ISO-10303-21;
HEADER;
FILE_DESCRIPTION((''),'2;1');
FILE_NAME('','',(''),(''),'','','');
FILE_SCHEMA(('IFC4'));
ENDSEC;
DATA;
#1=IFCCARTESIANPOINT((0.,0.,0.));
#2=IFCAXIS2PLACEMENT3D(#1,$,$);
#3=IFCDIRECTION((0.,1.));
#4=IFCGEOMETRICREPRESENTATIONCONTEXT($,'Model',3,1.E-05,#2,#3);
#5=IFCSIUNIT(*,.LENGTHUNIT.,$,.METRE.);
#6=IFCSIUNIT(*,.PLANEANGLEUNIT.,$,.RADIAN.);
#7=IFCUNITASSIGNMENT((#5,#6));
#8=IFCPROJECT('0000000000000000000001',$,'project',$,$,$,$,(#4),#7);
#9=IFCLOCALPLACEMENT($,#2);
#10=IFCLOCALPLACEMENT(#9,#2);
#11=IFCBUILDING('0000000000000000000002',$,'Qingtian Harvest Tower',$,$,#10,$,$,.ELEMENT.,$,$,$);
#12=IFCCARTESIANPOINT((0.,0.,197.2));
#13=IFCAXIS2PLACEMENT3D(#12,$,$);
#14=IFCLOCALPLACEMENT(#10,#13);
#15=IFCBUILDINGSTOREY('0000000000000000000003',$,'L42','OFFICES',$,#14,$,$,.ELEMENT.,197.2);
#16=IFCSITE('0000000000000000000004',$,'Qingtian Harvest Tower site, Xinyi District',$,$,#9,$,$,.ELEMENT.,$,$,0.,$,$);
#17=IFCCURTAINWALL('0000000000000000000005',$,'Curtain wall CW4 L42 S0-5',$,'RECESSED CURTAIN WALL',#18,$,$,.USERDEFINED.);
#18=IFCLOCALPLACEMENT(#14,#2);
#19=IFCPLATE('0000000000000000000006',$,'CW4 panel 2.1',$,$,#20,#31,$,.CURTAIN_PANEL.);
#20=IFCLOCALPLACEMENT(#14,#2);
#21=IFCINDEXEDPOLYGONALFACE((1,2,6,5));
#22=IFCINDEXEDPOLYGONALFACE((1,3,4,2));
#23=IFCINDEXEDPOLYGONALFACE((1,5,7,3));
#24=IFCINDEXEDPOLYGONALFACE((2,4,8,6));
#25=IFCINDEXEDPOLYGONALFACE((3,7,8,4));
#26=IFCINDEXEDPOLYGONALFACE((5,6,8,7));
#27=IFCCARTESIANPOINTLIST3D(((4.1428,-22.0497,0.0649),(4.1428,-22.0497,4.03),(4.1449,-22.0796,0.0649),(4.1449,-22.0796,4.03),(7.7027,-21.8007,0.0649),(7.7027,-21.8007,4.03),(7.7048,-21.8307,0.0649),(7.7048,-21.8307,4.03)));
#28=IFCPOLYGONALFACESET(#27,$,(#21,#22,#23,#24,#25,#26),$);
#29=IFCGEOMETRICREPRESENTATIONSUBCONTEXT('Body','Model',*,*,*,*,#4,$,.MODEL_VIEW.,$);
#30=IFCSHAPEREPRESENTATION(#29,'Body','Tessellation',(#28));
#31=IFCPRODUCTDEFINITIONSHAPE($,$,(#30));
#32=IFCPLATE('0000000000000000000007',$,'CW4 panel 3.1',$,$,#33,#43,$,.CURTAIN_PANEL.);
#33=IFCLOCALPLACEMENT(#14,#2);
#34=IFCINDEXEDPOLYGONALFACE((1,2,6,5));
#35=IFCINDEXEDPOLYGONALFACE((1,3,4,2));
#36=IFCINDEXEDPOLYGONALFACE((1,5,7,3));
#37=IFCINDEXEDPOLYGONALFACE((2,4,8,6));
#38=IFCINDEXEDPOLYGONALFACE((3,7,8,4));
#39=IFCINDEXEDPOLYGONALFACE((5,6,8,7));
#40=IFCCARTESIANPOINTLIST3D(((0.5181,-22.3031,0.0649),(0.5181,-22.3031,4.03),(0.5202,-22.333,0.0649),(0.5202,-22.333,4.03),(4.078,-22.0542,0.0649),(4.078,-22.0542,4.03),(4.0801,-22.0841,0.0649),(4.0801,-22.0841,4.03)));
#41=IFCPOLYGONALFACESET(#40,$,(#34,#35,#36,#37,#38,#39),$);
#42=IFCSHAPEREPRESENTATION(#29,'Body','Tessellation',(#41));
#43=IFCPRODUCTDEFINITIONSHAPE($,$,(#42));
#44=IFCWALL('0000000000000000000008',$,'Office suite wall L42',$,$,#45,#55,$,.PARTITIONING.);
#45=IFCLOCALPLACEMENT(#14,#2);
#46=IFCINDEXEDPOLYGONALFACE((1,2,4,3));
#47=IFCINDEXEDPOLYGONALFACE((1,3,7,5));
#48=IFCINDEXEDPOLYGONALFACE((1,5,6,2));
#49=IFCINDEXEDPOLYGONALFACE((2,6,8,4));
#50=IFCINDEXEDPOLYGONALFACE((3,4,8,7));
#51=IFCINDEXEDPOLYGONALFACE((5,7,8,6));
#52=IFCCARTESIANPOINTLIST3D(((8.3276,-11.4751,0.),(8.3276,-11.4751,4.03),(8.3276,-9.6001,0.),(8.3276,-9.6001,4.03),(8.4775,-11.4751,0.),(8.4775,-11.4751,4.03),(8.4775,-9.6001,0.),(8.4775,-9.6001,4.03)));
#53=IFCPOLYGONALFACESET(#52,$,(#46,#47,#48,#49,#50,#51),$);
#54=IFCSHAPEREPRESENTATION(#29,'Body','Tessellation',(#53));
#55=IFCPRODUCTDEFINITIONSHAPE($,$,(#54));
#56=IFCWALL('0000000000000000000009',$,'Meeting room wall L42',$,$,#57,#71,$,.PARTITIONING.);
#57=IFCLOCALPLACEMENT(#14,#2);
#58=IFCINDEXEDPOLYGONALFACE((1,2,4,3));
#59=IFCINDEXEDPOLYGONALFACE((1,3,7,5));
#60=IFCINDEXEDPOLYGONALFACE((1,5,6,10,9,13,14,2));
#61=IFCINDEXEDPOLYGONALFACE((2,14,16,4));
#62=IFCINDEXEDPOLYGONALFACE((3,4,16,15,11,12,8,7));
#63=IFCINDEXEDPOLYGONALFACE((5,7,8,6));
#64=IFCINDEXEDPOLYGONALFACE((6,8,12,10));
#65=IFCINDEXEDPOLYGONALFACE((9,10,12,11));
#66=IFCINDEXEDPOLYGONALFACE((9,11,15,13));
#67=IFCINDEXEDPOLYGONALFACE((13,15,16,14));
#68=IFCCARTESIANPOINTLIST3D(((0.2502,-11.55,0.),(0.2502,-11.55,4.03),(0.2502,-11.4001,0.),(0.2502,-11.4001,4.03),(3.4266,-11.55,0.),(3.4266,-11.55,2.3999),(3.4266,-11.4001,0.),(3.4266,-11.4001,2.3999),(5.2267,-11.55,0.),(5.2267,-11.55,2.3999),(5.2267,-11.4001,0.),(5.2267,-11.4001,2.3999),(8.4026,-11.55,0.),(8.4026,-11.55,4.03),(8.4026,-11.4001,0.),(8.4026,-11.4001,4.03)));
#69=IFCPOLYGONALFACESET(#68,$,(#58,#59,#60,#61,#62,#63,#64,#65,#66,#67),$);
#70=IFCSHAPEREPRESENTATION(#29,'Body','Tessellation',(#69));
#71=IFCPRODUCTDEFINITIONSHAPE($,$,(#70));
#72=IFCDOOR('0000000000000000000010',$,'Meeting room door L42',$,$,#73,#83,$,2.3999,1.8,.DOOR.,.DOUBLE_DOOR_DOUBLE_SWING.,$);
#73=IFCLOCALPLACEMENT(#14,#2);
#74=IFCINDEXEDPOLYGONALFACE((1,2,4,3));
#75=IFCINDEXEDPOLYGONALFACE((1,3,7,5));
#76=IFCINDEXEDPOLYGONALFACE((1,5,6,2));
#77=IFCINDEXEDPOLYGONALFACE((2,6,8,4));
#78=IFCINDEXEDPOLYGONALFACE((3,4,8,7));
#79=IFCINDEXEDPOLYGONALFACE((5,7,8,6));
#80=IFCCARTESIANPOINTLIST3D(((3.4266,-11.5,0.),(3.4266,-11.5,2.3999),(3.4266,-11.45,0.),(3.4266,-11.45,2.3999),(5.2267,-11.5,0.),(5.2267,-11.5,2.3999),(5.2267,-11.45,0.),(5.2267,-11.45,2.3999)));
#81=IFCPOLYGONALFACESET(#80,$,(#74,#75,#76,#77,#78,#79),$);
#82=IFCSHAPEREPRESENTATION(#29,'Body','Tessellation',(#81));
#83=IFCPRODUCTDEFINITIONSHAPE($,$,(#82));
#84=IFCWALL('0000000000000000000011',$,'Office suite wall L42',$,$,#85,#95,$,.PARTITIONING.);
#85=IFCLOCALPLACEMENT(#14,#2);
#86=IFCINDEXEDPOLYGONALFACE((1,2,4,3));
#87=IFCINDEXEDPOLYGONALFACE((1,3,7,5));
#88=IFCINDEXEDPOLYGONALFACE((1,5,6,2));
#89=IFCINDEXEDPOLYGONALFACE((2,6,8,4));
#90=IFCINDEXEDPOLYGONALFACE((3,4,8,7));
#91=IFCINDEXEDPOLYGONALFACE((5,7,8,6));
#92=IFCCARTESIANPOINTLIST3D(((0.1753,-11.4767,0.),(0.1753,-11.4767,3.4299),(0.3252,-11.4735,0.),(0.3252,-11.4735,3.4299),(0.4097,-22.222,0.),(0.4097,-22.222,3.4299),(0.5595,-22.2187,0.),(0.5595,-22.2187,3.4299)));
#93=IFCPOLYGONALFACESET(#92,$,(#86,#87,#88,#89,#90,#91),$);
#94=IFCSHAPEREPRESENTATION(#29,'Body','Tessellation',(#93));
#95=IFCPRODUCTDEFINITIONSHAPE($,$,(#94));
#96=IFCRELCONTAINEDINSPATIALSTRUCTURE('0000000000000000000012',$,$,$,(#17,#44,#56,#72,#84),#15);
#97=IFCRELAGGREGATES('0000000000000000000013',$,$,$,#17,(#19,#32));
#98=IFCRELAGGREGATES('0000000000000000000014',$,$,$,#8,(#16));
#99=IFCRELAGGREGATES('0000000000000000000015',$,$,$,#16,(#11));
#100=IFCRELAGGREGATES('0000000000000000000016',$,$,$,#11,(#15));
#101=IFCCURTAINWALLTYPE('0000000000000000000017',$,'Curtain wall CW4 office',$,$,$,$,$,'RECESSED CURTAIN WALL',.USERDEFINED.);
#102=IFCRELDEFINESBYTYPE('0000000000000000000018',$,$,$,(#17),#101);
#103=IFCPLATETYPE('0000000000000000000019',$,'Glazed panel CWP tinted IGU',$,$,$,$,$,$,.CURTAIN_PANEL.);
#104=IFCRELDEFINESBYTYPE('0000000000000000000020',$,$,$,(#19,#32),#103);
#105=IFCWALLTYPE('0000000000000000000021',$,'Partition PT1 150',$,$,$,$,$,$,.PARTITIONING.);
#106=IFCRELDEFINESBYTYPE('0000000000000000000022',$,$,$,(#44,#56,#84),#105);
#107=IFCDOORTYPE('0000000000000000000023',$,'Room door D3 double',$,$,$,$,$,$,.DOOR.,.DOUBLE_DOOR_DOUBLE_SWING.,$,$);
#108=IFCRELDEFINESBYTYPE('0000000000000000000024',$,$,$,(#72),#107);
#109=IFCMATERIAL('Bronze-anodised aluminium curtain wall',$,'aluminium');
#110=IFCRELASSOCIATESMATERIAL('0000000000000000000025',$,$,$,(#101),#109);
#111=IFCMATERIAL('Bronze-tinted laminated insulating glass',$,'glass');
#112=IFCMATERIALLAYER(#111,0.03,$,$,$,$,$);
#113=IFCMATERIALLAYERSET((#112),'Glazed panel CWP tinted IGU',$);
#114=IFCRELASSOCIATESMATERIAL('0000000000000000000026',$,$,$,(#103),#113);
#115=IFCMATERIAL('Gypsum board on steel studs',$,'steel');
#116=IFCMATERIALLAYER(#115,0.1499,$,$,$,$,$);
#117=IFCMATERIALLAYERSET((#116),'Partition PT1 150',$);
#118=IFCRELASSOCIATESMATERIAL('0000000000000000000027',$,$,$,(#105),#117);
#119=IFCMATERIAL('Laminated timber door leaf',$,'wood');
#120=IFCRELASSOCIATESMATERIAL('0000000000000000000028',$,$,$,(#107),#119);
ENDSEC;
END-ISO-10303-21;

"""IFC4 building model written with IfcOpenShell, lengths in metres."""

from ifc_helpers import new_model, si_unit, direction, frame, frame_2d, origin, origin_2d, place, context, subcontext, project, spatial, rectangle, extrude, material, layer, layer_set, type_object, element, fill, aggregate, save


model = new_model("IFC4")

# Units and contexts
model_context = context("Model", 3, precision=1e-05, world=origin(), true_north=direction((0.0, 1.0)))
body_context = subcontext(model_context, "Body", "Model", "MODEL_VIEW")
ifc_project = project(units=[si_unit("LENGTHUNIT", "METRE"), si_unit("PLANEANGLEUNIT", "RADIAN")], contexts=[model_context])

# Site, building, storey
site_placement = place(None, origin())
site = spatial("IfcSite", under=ifc_project, at=site_placement, Name="Qingtian Harvest Tower site, Xinyi District", CompositionType="ELEMENT", RefElevation=0.0)
building_placement = place(site_placement, origin())
building = spatial("IfcBuilding", under=site, at=building_placement, Name="Qingtian Harvest Tower", CompositionType="ELEMENT")
storey_placement = place(building_placement, frame((0.0, 0.0, 197.2)))
storey = spatial("IfcBuildingStorey", under=building, at=storey_placement, Name="L42", Description="OFFICES", CompositionType="ELEMENT", Elevation=197.2)

# Shared definitions
ifc_material_1 = material(Name="Bronze-anodised aluminium curtain wall", Category="aluminium")
curtain_wall_type = type_object("IfcCurtainWallType", Name="Curtain wall CW4 office", ElementType="RECESSED CURTAIN WALL", PredefinedType="USERDEFINED", material=ifc_material_1)

# Curtain wall
curtain_wall_1_placement = place(storey_placement, origin())
curtain_wall_1 = element("IfcCurtainWall", 1, at=curtain_wall_1_placement, inside=storey, type_object=curtain_wall_type, Name="Curtain wall CW4 L42 S0-5", ObjectType="RECESSED CURTAIN WALL", PredefinedType="USERDEFINED")

# Plates
ifc_material_2 = material(Name="Bronze-tinted laminated insulating glass", Category="glass")
ifc_layer_1 = layer(ifc_material_2, 0.03)
ifc_layer_set_1 = layer_set([ifc_layer_1], Name="Glazed panel CWP tinted IGU")
plate_type = type_object("IfcPlateType", Name="Glazed panel CWP tinted IGU", PredefinedType="CURTAIN_PANEL", material=ifc_layer_set_1)
plate_1_placement = place(storey_placement, frame((5.9238, -21.9402, 0.0649), z_axis=(0.0, 0.0, 1.0), x_axis=(-0.997564, -0.069756, 0.0)))
plate_1 = element("IfcPlate", 2, at=plate_1_placement, type_object=plate_type, Name="CW4 panel 2.1", PredefinedType="CURTAIN_PANEL", context=body_context, shape_type="SweptSolid", body=[
    extrude(rectangle(XDim=3.5686, YDim=0.03, at=origin_2d()), origin(), (0.0, 0.0, 1.0), 3.9651),
])
plate_2_placement = place(storey_placement, frame((2.2991, -22.1936, 0.0649), z_axis=(0.0, 0.0, 1.0), x_axis=(-0.997564, -0.069756, 0.0)))
plate_2 = element("IfcPlate", 3, at=plate_2_placement, type_object=plate_type, Name="CW4 panel 3.1", PredefinedType="CURTAIN_PANEL", context=body_context, shape_type="SweptSolid", body=[
    extrude(rectangle(XDim=3.5686, YDim=0.03, at=origin_2d()), origin(), (0.0, 0.0, 1.0), 3.9651),
])
aggregate(curtain_wall_1, [plate_1, plate_2])

# Wall
ifc_material_3 = material(Name="Gypsum board on steel studs", Category="steel")
ifc_layer_2 = layer(ifc_material_3, 0.1499)
ifc_layer_set_2 = layer_set([ifc_layer_2], Name="Partition PT1 150")
wall_type = type_object("IfcWallType", Name="Partition PT1 150", PredefinedType="PARTITIONING", material=ifc_layer_set_2)
wall_1_placement = place(storey_placement, frame((8.4026, -9.6001, 0.0), z_axis=(0.0, 0.0, 1.0), x_axis=(0.0, -1.0, 0.0)))
element("IfcWall", 4, at=wall_1_placement, inside=storey, type_object=wall_type, Name="Office suite wall L42", PredefinedType="PARTITIONING", context=body_context, shape_type="SweptSolid", body=[
    extrude(rectangle(XDim=1.875, YDim=0.1499, at=frame_2d((0.9375, 0.0))), origin(), (0.0, 0.0, 1.0), 4.03),
])

# Wall, opening, door
wall_2_placement = place(storey_placement, frame((8.4026, -11.4751, 0.0), z_axis=(0.0, 0.0, 1.0), x_axis=(-1.0, 0.0, 0.0)))
wall_2 = element("IfcWall", 5, at=wall_2_placement, inside=storey, type_object=wall_type, Name="Meeting room wall L42", PredefinedType="PARTITIONING", context=body_context, shape_type="SweptSolid", body=[
    extrude(rectangle(XDim=8.1523, YDim=0.1499, at=frame_2d((4.0762, 0.0))), origin(), (0.0, 0.0, 1.0), 4.03),
])
opening_1_placement = place(wall_2_placement, frame((3.176, 0.0, 0.0)))
opening_1 = element("IfcOpeningElement", 6, at=opening_1_placement, cuts=wall_2, PredefinedType="OPENING", context=body_context, shape_type="SweptSolid", body=[
    extrude(rectangle(XDim=1.8, YDim=2.3999, at=frame_2d((0.8999, 1.2))), frame((0.0, 0.085, 0.0), z_axis=(0.0, -1.0, 0.0), x_axis=(1.0, 0.0, 0.0)), (0.0, 0.0, 1.0), 0.1699),
])
ifc_material_4 = material(Name="Laminated timber door leaf", Category="wood")
door_type = type_object("IfcDoorType", Name="Room door D3 double", OperationType="DOUBLE_DOOR_DOUBLE_SWING", PredefinedType="DOOR", material=ifc_material_4)
door_1_placement = place(opening_1_placement, origin())
door_1 = element("IfcDoor", 7, at=door_1_placement, inside=storey, type_object=door_type, Name="Meeting room door L42", OperationType="DOUBLE_DOOR_DOUBLE_SWING", OverallHeight=2.3999, OverallWidth=1.8, PredefinedType="DOOR", context=body_context, shape_type="SweptSolid", body=[
    extrude(rectangle(XDim=1.8, YDim=2.3999, at=frame_2d((0.8999, 1.2))), frame((0.0, 0.0249, 0.0), z_axis=(0.0, -1.0, 0.0), x_axis=(1.0, 0.0, 0.0)), (0.0, 0.0, 1.0), 0.05),
])
fill(opening_1, door_1)

# Wall
wall_3_placement = place(storey_placement, frame((0.4846, -22.2205, 0.0), z_axis=(0.0, 0.0, 1.0), x_axis=(-0.021807, 0.999762, 0.0)))
element("IfcWall", 8, at=wall_3_placement, inside=storey, type_object=wall_type, Name="Office suite wall L42", PredefinedType="PARTITIONING", context=body_context, shape_type="SweptSolid", body=[
    extrude(rectangle(XDim=10.7478, YDim=0.1499, at=frame_2d((5.374, 0.0))), origin(), (0.0, 0.0, 1.0), 3.4299),
])

save(model, "model.ifc")
